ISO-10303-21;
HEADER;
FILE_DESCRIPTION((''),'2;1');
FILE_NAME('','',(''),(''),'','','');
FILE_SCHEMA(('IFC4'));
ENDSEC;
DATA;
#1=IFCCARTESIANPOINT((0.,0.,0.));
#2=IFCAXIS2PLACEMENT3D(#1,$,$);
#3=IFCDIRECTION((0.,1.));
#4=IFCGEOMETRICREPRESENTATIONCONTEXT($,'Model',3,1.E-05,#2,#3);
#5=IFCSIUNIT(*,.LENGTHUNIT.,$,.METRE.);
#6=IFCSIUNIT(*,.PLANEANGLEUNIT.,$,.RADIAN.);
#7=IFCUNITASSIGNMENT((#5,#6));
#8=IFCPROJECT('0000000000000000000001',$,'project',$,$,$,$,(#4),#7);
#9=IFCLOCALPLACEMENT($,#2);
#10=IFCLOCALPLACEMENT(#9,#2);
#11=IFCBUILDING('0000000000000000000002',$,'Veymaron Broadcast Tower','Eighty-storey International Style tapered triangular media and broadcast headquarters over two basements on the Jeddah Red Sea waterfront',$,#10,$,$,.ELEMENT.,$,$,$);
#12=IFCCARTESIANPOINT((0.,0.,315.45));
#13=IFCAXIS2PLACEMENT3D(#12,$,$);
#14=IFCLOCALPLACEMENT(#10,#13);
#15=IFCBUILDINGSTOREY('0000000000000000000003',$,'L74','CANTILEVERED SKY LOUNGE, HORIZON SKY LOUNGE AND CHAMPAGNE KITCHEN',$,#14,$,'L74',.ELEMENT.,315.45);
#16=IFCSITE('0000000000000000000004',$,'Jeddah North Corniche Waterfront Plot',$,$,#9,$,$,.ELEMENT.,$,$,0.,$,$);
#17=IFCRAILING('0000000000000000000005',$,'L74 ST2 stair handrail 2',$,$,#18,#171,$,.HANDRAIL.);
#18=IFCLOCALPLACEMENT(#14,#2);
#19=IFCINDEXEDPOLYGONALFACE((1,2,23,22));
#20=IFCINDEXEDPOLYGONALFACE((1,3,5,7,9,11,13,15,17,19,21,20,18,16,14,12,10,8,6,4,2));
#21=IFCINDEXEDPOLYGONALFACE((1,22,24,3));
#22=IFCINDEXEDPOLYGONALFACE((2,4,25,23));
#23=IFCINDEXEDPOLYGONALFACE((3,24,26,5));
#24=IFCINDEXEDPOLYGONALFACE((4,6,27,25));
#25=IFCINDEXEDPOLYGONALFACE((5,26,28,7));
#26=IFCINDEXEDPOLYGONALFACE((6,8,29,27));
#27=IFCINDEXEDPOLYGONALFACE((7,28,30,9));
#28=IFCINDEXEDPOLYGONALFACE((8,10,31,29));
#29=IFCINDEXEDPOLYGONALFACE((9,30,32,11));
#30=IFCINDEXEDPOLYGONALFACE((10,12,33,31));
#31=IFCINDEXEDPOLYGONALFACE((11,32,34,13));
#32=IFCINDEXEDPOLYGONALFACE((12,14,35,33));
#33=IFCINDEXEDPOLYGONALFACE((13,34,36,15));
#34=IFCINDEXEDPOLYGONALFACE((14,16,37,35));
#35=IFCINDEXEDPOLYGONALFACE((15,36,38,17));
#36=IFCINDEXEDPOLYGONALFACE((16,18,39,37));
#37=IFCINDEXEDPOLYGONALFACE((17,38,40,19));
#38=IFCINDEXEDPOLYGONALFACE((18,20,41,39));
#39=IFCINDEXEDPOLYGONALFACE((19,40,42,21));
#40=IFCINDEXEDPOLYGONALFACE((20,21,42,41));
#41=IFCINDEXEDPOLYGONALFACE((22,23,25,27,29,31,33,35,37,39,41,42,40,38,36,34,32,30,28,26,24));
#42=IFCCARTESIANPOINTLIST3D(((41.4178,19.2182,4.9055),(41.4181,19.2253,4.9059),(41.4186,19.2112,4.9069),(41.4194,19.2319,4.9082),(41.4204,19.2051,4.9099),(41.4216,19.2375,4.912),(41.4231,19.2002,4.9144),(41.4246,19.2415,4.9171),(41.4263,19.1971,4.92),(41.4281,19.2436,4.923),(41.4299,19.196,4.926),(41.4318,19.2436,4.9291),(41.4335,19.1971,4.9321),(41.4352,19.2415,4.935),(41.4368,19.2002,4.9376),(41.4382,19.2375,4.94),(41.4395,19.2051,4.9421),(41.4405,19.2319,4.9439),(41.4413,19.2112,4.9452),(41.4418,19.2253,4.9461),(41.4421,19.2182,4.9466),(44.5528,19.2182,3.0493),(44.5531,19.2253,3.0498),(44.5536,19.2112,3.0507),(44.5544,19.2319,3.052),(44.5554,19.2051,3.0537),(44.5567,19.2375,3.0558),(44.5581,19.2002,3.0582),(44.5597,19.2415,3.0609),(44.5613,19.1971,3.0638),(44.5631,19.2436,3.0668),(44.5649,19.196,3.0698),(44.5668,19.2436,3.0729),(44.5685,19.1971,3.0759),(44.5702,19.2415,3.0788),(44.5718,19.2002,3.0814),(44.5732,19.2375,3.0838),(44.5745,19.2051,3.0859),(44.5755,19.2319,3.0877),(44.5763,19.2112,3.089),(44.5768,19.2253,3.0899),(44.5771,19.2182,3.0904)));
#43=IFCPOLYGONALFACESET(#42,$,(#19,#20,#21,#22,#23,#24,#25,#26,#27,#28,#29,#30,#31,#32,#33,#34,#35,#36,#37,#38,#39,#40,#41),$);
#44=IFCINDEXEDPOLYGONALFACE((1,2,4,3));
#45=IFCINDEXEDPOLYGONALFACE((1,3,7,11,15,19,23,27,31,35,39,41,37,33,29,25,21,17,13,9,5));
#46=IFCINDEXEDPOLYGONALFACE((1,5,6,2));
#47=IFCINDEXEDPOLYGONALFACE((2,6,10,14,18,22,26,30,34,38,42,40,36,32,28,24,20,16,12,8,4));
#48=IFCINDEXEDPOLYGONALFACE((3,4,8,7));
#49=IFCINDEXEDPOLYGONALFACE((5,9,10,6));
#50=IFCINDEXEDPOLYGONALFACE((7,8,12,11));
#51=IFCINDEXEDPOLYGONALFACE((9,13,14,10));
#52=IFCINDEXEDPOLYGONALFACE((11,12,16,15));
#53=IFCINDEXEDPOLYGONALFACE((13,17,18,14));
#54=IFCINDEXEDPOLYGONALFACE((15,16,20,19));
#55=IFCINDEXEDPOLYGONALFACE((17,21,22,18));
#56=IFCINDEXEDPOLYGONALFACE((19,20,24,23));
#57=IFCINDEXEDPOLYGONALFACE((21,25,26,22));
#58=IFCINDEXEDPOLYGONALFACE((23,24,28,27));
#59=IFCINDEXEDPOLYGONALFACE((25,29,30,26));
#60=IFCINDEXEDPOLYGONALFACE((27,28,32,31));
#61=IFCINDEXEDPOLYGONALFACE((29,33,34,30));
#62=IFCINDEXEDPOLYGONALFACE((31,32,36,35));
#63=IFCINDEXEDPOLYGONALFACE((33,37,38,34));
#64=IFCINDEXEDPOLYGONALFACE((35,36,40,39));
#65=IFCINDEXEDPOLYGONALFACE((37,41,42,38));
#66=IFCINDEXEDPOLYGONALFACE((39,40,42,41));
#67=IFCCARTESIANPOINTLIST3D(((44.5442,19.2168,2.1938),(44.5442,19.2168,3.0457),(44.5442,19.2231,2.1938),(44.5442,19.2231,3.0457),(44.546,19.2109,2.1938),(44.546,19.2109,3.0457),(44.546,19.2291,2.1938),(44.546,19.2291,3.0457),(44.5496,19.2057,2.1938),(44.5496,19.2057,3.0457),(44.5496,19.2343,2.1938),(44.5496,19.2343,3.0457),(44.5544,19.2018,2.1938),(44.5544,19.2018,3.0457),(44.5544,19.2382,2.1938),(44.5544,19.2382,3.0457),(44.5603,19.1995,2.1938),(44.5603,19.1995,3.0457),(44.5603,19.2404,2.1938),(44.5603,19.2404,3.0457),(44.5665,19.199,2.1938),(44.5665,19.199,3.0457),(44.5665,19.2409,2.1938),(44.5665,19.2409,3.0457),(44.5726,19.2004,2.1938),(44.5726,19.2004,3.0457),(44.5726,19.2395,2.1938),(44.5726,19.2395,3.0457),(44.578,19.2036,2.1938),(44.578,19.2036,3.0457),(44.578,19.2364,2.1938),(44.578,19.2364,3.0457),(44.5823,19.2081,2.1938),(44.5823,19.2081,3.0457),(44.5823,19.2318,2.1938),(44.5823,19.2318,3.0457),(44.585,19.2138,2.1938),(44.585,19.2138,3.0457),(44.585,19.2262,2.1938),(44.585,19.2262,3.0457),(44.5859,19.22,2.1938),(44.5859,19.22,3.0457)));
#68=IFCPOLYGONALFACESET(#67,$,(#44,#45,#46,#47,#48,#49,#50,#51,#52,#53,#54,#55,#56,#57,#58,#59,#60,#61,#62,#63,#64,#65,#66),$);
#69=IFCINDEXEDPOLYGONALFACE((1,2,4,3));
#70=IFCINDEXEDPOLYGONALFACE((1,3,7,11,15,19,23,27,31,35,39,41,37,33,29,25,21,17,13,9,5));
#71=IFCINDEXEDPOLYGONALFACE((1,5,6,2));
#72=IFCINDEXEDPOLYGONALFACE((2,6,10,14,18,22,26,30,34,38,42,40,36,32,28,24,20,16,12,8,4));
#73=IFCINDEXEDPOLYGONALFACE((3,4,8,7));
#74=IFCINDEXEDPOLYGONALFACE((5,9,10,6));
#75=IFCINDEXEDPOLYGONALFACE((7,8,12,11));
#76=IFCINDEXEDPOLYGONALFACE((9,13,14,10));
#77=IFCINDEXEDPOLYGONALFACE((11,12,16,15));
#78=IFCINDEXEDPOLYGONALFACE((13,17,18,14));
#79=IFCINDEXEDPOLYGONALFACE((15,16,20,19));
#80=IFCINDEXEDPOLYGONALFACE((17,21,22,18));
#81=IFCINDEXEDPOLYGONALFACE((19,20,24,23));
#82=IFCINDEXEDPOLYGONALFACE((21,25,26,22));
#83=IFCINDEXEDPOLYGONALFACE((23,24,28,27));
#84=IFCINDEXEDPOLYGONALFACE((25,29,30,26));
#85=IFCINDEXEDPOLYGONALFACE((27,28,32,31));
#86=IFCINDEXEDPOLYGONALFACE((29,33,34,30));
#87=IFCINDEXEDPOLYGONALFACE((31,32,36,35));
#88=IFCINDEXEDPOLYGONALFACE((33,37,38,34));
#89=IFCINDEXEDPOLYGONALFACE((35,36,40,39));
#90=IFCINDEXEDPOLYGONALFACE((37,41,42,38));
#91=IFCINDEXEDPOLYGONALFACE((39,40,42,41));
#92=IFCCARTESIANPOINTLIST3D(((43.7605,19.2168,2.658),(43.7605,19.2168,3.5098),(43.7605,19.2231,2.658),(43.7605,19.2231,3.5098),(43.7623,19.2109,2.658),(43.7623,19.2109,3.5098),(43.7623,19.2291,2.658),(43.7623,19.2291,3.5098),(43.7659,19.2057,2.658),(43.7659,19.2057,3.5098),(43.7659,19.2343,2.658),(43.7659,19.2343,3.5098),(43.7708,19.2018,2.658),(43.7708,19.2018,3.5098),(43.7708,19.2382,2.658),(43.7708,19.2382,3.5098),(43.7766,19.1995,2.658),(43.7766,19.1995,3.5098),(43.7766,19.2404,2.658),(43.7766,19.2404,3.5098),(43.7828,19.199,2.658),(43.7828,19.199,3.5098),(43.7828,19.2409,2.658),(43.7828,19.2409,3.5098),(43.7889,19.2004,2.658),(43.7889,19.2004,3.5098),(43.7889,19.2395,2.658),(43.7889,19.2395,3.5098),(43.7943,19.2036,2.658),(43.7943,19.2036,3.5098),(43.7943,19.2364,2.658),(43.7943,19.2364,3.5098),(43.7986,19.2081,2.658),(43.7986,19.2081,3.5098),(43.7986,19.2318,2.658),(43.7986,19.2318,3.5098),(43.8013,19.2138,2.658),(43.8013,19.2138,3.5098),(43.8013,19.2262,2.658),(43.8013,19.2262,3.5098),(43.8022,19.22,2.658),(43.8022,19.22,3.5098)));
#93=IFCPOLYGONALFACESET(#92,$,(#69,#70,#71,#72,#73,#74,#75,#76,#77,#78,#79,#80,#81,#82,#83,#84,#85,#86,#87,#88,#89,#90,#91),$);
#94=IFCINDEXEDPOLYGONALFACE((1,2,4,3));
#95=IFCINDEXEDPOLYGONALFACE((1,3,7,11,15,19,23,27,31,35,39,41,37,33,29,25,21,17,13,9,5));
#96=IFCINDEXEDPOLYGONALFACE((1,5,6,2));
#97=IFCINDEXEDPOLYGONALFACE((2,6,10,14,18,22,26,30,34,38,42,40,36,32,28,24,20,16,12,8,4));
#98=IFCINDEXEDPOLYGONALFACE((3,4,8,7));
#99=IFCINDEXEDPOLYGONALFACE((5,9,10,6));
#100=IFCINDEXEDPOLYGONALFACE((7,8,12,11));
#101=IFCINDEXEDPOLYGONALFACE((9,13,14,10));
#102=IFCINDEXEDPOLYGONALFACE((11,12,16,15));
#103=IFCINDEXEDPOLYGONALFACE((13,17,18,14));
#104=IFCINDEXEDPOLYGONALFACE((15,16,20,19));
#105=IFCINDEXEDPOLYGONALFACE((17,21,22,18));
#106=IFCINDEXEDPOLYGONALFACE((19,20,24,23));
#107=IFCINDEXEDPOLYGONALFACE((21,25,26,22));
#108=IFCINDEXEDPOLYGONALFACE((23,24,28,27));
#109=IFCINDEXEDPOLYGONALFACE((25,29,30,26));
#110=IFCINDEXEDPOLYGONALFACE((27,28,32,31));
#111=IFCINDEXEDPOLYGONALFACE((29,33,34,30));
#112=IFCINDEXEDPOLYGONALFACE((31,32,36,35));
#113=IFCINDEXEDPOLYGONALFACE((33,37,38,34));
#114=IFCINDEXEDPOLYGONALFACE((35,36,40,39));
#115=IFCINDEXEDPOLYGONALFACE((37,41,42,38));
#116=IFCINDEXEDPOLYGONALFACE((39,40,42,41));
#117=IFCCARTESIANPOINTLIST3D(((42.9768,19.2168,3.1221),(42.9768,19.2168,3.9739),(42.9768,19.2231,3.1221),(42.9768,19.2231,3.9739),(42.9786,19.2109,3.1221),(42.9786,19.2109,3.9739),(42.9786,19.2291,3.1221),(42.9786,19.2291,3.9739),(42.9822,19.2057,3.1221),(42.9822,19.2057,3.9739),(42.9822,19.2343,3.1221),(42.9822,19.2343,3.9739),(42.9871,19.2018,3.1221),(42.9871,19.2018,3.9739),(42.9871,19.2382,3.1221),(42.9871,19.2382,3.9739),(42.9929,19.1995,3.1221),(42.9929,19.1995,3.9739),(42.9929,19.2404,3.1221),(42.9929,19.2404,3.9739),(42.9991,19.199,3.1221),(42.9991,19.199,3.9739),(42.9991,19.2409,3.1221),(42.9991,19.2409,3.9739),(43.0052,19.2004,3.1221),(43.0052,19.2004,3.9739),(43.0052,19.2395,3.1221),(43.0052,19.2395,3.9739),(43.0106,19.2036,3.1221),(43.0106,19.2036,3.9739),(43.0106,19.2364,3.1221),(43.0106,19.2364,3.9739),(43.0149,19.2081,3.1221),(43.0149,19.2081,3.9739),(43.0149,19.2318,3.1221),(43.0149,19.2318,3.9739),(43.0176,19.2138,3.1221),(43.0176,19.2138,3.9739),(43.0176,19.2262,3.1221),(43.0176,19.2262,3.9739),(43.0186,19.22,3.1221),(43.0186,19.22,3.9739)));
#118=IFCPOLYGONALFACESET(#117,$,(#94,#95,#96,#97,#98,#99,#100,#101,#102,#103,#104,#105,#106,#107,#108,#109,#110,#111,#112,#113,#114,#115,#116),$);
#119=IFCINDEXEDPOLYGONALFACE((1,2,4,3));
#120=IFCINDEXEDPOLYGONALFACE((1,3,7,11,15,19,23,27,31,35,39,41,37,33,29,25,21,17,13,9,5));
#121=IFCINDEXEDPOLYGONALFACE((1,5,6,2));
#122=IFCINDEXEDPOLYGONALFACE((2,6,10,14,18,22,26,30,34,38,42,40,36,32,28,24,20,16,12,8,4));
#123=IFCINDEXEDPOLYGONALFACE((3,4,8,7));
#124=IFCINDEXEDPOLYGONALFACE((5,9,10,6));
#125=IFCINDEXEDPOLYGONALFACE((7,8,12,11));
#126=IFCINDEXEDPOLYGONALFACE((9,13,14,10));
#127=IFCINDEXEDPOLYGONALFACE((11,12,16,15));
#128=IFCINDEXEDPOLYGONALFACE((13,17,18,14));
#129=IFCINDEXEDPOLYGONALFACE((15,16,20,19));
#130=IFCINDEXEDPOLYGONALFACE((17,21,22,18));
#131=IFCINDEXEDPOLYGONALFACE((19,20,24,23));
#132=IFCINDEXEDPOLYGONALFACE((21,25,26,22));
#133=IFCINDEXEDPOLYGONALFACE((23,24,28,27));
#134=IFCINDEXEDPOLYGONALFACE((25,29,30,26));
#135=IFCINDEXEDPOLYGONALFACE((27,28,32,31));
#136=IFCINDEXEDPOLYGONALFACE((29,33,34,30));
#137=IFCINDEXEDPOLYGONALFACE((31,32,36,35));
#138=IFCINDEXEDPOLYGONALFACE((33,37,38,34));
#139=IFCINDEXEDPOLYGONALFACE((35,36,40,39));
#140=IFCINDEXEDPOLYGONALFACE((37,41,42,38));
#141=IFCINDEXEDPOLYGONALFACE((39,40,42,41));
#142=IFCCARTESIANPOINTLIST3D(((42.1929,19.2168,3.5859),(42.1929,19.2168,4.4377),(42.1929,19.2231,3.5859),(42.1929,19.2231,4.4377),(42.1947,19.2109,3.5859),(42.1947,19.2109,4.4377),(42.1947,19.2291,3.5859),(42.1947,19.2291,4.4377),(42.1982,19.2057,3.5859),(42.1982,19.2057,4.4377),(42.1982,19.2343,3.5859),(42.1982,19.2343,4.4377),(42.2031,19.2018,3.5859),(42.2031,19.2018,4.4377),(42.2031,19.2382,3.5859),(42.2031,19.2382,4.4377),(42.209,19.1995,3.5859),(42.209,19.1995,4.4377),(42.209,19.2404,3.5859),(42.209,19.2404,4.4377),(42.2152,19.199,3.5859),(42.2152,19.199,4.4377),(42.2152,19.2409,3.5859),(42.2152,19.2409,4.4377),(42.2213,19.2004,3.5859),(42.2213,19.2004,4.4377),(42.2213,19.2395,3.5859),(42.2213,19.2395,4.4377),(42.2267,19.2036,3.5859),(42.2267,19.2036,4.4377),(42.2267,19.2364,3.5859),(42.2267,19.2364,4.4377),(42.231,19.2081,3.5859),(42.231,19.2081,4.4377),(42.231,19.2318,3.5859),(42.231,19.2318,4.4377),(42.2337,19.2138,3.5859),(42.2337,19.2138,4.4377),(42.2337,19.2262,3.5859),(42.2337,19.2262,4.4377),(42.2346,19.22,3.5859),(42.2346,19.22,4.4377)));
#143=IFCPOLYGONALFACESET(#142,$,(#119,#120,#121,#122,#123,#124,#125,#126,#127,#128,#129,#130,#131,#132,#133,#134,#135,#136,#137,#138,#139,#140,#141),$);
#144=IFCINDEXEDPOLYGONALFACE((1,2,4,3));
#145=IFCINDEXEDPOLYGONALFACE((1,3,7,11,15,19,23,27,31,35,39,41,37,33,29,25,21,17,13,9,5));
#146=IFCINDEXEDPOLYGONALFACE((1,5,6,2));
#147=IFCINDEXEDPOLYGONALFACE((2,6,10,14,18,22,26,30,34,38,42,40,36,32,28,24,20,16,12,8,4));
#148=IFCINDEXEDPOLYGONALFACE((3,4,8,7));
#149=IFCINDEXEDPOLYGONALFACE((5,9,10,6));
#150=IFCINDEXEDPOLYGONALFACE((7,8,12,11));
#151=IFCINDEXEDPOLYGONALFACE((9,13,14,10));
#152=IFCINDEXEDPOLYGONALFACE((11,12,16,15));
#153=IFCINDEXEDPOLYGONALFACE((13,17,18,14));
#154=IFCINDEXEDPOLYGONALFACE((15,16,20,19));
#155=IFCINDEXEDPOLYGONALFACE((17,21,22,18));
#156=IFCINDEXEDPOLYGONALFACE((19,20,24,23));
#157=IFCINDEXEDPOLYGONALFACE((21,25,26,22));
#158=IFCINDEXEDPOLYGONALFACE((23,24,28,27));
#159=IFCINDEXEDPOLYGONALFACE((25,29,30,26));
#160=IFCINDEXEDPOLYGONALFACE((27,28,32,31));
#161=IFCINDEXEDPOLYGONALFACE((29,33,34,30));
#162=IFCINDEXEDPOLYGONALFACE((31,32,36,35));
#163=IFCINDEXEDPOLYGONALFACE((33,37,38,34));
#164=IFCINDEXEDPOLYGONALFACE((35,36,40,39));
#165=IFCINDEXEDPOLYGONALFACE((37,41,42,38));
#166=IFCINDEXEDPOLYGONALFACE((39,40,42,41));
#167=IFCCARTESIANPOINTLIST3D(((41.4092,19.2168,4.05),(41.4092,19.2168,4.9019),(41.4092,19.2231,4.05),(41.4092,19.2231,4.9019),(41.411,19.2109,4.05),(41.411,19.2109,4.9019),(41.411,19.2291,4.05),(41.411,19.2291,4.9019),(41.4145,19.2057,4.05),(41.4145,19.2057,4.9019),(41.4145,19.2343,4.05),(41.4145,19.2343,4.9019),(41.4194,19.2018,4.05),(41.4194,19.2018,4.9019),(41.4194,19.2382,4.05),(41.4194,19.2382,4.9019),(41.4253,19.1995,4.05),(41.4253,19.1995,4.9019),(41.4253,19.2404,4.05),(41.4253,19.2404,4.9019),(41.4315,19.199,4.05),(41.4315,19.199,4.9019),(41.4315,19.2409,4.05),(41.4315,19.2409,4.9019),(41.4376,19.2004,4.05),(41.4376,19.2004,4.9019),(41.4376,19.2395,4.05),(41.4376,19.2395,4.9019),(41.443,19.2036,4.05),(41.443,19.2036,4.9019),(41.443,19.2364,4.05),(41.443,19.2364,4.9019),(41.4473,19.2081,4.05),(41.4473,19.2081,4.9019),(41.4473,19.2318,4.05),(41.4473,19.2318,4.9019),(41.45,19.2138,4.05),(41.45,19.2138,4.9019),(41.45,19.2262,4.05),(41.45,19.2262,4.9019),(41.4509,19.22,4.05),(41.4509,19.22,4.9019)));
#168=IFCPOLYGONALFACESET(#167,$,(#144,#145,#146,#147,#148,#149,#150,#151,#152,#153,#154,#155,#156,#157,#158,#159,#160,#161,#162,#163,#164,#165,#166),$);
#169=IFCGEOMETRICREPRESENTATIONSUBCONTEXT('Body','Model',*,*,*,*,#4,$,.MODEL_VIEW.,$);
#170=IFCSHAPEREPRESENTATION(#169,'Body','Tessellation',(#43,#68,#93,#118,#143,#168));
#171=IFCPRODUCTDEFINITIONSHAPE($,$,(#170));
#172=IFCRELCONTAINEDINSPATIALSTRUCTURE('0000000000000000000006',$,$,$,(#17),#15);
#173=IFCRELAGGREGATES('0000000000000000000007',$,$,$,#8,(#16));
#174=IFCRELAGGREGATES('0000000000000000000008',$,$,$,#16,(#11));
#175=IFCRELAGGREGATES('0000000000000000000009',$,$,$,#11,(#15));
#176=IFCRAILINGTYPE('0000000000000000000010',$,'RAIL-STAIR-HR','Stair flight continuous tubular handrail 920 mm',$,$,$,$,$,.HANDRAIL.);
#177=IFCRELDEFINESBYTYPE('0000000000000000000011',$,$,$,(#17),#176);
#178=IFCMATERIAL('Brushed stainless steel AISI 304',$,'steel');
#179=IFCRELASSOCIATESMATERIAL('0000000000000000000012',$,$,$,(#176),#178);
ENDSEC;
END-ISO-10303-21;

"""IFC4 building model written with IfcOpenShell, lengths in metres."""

from ifc_helpers import new_model, si_unit, direction, frame, origin, origin_2d, place, context, subcontext, project, spatial, circle, extrude, material, type_object, element, save


model = new_model("IFC4")

# Units and contexts
model_context = context("Model", 3, precision=1e-05, world=origin(), true_north=direction((0.0, 1.0)))
body_context = subcontext(model_context, "Body", "Model", "MODEL_VIEW")
ifc_project = project(units=[si_unit("LENGTHUNIT", "METRE"), si_unit("PLANEANGLEUNIT", "RADIAN")], contexts=[model_context])

# Site, building, storey
site_placement = place(None, origin())
site = spatial("IfcSite", under=ifc_project, at=site_placement, Name="Jeddah North Corniche Waterfront Plot", CompositionType="ELEMENT", RefElevation=0.0)
building_placement = place(site_placement, origin())
building = spatial("IfcBuilding", under=site, at=building_placement, Name="Veymaron Broadcast Tower", Description="Eighty-storey International Style tapered triangular media and broadcast headquarters over two basements on the Jeddah Red Sea waterfront", CompositionType="ELEMENT")
storey_placement = place(building_placement, frame((0.0, 0.0, 315.45)))
storey = spatial("IfcBuildingStorey", under=building, at=storey_placement, Name="L74", Description="CANTILEVERED SKY LOUNGE, HORIZON SKY LOUNGE AND CHAMPAGNE KITCHEN", LongName="L74", CompositionType="ELEMENT", Elevation=315.45)

# Railing
ifc_material_1 = material(Name="Brushed stainless steel AISI 304", Category="steel")
railing_type_1 = type_object("IfcRailingType", Name="RAIL-STAIR-HR", Description="Stair flight continuous tubular handrail 920 mm", PredefinedType="HANDRAIL", material=ifc_material_1)
railing_1_placement = place(storey_placement, frame((44.5649, 19.22, 2.1938)))
element("IfcRailing", 1, at=railing_1_placement, inside=storey, type_object=railing_type_1, Name="L74 ST2 stair handrail 2", PredefinedType="HANDRAIL", context=body_context, shape_type="SweptSolid", body=[
    extrude(circle(Radius=0.0239, at=origin_2d()), frame((0.0, 0.0, 0.876), z_axis=(-0.860482, 0.0, 0.509481), x_axis=(0.0, -1.0, 0.0)), (0.0, 0.0, 1.0), 3.6433),
    extrude(circle(Radius=0.021, at=origin_2d()), origin(), (0.0, 0.0, 1.0), 0.8518),
    extrude(circle(Radius=0.021, at=origin_2d()), frame((-0.7837, 0.0, 0.4641)), (0.0, 0.0, 1.0), 0.8518),
    extrude(circle(Radius=0.021, at=origin_2d()), frame((-1.5674, 0.0, 0.9282)), (0.0, 0.0, 1.0), 0.8518),
    extrude(circle(Radius=0.021, at=origin_2d()), frame((-2.3513, 0.0, 1.3921)), (0.0, 0.0, 1.0), 0.8518),
    extrude(circle(Radius=0.021, at=origin_2d()), frame((-3.135, 0.0, 1.8562)), (0.0, 0.0, 1.0), 0.8518),
])

save(model, "model.ifc")
